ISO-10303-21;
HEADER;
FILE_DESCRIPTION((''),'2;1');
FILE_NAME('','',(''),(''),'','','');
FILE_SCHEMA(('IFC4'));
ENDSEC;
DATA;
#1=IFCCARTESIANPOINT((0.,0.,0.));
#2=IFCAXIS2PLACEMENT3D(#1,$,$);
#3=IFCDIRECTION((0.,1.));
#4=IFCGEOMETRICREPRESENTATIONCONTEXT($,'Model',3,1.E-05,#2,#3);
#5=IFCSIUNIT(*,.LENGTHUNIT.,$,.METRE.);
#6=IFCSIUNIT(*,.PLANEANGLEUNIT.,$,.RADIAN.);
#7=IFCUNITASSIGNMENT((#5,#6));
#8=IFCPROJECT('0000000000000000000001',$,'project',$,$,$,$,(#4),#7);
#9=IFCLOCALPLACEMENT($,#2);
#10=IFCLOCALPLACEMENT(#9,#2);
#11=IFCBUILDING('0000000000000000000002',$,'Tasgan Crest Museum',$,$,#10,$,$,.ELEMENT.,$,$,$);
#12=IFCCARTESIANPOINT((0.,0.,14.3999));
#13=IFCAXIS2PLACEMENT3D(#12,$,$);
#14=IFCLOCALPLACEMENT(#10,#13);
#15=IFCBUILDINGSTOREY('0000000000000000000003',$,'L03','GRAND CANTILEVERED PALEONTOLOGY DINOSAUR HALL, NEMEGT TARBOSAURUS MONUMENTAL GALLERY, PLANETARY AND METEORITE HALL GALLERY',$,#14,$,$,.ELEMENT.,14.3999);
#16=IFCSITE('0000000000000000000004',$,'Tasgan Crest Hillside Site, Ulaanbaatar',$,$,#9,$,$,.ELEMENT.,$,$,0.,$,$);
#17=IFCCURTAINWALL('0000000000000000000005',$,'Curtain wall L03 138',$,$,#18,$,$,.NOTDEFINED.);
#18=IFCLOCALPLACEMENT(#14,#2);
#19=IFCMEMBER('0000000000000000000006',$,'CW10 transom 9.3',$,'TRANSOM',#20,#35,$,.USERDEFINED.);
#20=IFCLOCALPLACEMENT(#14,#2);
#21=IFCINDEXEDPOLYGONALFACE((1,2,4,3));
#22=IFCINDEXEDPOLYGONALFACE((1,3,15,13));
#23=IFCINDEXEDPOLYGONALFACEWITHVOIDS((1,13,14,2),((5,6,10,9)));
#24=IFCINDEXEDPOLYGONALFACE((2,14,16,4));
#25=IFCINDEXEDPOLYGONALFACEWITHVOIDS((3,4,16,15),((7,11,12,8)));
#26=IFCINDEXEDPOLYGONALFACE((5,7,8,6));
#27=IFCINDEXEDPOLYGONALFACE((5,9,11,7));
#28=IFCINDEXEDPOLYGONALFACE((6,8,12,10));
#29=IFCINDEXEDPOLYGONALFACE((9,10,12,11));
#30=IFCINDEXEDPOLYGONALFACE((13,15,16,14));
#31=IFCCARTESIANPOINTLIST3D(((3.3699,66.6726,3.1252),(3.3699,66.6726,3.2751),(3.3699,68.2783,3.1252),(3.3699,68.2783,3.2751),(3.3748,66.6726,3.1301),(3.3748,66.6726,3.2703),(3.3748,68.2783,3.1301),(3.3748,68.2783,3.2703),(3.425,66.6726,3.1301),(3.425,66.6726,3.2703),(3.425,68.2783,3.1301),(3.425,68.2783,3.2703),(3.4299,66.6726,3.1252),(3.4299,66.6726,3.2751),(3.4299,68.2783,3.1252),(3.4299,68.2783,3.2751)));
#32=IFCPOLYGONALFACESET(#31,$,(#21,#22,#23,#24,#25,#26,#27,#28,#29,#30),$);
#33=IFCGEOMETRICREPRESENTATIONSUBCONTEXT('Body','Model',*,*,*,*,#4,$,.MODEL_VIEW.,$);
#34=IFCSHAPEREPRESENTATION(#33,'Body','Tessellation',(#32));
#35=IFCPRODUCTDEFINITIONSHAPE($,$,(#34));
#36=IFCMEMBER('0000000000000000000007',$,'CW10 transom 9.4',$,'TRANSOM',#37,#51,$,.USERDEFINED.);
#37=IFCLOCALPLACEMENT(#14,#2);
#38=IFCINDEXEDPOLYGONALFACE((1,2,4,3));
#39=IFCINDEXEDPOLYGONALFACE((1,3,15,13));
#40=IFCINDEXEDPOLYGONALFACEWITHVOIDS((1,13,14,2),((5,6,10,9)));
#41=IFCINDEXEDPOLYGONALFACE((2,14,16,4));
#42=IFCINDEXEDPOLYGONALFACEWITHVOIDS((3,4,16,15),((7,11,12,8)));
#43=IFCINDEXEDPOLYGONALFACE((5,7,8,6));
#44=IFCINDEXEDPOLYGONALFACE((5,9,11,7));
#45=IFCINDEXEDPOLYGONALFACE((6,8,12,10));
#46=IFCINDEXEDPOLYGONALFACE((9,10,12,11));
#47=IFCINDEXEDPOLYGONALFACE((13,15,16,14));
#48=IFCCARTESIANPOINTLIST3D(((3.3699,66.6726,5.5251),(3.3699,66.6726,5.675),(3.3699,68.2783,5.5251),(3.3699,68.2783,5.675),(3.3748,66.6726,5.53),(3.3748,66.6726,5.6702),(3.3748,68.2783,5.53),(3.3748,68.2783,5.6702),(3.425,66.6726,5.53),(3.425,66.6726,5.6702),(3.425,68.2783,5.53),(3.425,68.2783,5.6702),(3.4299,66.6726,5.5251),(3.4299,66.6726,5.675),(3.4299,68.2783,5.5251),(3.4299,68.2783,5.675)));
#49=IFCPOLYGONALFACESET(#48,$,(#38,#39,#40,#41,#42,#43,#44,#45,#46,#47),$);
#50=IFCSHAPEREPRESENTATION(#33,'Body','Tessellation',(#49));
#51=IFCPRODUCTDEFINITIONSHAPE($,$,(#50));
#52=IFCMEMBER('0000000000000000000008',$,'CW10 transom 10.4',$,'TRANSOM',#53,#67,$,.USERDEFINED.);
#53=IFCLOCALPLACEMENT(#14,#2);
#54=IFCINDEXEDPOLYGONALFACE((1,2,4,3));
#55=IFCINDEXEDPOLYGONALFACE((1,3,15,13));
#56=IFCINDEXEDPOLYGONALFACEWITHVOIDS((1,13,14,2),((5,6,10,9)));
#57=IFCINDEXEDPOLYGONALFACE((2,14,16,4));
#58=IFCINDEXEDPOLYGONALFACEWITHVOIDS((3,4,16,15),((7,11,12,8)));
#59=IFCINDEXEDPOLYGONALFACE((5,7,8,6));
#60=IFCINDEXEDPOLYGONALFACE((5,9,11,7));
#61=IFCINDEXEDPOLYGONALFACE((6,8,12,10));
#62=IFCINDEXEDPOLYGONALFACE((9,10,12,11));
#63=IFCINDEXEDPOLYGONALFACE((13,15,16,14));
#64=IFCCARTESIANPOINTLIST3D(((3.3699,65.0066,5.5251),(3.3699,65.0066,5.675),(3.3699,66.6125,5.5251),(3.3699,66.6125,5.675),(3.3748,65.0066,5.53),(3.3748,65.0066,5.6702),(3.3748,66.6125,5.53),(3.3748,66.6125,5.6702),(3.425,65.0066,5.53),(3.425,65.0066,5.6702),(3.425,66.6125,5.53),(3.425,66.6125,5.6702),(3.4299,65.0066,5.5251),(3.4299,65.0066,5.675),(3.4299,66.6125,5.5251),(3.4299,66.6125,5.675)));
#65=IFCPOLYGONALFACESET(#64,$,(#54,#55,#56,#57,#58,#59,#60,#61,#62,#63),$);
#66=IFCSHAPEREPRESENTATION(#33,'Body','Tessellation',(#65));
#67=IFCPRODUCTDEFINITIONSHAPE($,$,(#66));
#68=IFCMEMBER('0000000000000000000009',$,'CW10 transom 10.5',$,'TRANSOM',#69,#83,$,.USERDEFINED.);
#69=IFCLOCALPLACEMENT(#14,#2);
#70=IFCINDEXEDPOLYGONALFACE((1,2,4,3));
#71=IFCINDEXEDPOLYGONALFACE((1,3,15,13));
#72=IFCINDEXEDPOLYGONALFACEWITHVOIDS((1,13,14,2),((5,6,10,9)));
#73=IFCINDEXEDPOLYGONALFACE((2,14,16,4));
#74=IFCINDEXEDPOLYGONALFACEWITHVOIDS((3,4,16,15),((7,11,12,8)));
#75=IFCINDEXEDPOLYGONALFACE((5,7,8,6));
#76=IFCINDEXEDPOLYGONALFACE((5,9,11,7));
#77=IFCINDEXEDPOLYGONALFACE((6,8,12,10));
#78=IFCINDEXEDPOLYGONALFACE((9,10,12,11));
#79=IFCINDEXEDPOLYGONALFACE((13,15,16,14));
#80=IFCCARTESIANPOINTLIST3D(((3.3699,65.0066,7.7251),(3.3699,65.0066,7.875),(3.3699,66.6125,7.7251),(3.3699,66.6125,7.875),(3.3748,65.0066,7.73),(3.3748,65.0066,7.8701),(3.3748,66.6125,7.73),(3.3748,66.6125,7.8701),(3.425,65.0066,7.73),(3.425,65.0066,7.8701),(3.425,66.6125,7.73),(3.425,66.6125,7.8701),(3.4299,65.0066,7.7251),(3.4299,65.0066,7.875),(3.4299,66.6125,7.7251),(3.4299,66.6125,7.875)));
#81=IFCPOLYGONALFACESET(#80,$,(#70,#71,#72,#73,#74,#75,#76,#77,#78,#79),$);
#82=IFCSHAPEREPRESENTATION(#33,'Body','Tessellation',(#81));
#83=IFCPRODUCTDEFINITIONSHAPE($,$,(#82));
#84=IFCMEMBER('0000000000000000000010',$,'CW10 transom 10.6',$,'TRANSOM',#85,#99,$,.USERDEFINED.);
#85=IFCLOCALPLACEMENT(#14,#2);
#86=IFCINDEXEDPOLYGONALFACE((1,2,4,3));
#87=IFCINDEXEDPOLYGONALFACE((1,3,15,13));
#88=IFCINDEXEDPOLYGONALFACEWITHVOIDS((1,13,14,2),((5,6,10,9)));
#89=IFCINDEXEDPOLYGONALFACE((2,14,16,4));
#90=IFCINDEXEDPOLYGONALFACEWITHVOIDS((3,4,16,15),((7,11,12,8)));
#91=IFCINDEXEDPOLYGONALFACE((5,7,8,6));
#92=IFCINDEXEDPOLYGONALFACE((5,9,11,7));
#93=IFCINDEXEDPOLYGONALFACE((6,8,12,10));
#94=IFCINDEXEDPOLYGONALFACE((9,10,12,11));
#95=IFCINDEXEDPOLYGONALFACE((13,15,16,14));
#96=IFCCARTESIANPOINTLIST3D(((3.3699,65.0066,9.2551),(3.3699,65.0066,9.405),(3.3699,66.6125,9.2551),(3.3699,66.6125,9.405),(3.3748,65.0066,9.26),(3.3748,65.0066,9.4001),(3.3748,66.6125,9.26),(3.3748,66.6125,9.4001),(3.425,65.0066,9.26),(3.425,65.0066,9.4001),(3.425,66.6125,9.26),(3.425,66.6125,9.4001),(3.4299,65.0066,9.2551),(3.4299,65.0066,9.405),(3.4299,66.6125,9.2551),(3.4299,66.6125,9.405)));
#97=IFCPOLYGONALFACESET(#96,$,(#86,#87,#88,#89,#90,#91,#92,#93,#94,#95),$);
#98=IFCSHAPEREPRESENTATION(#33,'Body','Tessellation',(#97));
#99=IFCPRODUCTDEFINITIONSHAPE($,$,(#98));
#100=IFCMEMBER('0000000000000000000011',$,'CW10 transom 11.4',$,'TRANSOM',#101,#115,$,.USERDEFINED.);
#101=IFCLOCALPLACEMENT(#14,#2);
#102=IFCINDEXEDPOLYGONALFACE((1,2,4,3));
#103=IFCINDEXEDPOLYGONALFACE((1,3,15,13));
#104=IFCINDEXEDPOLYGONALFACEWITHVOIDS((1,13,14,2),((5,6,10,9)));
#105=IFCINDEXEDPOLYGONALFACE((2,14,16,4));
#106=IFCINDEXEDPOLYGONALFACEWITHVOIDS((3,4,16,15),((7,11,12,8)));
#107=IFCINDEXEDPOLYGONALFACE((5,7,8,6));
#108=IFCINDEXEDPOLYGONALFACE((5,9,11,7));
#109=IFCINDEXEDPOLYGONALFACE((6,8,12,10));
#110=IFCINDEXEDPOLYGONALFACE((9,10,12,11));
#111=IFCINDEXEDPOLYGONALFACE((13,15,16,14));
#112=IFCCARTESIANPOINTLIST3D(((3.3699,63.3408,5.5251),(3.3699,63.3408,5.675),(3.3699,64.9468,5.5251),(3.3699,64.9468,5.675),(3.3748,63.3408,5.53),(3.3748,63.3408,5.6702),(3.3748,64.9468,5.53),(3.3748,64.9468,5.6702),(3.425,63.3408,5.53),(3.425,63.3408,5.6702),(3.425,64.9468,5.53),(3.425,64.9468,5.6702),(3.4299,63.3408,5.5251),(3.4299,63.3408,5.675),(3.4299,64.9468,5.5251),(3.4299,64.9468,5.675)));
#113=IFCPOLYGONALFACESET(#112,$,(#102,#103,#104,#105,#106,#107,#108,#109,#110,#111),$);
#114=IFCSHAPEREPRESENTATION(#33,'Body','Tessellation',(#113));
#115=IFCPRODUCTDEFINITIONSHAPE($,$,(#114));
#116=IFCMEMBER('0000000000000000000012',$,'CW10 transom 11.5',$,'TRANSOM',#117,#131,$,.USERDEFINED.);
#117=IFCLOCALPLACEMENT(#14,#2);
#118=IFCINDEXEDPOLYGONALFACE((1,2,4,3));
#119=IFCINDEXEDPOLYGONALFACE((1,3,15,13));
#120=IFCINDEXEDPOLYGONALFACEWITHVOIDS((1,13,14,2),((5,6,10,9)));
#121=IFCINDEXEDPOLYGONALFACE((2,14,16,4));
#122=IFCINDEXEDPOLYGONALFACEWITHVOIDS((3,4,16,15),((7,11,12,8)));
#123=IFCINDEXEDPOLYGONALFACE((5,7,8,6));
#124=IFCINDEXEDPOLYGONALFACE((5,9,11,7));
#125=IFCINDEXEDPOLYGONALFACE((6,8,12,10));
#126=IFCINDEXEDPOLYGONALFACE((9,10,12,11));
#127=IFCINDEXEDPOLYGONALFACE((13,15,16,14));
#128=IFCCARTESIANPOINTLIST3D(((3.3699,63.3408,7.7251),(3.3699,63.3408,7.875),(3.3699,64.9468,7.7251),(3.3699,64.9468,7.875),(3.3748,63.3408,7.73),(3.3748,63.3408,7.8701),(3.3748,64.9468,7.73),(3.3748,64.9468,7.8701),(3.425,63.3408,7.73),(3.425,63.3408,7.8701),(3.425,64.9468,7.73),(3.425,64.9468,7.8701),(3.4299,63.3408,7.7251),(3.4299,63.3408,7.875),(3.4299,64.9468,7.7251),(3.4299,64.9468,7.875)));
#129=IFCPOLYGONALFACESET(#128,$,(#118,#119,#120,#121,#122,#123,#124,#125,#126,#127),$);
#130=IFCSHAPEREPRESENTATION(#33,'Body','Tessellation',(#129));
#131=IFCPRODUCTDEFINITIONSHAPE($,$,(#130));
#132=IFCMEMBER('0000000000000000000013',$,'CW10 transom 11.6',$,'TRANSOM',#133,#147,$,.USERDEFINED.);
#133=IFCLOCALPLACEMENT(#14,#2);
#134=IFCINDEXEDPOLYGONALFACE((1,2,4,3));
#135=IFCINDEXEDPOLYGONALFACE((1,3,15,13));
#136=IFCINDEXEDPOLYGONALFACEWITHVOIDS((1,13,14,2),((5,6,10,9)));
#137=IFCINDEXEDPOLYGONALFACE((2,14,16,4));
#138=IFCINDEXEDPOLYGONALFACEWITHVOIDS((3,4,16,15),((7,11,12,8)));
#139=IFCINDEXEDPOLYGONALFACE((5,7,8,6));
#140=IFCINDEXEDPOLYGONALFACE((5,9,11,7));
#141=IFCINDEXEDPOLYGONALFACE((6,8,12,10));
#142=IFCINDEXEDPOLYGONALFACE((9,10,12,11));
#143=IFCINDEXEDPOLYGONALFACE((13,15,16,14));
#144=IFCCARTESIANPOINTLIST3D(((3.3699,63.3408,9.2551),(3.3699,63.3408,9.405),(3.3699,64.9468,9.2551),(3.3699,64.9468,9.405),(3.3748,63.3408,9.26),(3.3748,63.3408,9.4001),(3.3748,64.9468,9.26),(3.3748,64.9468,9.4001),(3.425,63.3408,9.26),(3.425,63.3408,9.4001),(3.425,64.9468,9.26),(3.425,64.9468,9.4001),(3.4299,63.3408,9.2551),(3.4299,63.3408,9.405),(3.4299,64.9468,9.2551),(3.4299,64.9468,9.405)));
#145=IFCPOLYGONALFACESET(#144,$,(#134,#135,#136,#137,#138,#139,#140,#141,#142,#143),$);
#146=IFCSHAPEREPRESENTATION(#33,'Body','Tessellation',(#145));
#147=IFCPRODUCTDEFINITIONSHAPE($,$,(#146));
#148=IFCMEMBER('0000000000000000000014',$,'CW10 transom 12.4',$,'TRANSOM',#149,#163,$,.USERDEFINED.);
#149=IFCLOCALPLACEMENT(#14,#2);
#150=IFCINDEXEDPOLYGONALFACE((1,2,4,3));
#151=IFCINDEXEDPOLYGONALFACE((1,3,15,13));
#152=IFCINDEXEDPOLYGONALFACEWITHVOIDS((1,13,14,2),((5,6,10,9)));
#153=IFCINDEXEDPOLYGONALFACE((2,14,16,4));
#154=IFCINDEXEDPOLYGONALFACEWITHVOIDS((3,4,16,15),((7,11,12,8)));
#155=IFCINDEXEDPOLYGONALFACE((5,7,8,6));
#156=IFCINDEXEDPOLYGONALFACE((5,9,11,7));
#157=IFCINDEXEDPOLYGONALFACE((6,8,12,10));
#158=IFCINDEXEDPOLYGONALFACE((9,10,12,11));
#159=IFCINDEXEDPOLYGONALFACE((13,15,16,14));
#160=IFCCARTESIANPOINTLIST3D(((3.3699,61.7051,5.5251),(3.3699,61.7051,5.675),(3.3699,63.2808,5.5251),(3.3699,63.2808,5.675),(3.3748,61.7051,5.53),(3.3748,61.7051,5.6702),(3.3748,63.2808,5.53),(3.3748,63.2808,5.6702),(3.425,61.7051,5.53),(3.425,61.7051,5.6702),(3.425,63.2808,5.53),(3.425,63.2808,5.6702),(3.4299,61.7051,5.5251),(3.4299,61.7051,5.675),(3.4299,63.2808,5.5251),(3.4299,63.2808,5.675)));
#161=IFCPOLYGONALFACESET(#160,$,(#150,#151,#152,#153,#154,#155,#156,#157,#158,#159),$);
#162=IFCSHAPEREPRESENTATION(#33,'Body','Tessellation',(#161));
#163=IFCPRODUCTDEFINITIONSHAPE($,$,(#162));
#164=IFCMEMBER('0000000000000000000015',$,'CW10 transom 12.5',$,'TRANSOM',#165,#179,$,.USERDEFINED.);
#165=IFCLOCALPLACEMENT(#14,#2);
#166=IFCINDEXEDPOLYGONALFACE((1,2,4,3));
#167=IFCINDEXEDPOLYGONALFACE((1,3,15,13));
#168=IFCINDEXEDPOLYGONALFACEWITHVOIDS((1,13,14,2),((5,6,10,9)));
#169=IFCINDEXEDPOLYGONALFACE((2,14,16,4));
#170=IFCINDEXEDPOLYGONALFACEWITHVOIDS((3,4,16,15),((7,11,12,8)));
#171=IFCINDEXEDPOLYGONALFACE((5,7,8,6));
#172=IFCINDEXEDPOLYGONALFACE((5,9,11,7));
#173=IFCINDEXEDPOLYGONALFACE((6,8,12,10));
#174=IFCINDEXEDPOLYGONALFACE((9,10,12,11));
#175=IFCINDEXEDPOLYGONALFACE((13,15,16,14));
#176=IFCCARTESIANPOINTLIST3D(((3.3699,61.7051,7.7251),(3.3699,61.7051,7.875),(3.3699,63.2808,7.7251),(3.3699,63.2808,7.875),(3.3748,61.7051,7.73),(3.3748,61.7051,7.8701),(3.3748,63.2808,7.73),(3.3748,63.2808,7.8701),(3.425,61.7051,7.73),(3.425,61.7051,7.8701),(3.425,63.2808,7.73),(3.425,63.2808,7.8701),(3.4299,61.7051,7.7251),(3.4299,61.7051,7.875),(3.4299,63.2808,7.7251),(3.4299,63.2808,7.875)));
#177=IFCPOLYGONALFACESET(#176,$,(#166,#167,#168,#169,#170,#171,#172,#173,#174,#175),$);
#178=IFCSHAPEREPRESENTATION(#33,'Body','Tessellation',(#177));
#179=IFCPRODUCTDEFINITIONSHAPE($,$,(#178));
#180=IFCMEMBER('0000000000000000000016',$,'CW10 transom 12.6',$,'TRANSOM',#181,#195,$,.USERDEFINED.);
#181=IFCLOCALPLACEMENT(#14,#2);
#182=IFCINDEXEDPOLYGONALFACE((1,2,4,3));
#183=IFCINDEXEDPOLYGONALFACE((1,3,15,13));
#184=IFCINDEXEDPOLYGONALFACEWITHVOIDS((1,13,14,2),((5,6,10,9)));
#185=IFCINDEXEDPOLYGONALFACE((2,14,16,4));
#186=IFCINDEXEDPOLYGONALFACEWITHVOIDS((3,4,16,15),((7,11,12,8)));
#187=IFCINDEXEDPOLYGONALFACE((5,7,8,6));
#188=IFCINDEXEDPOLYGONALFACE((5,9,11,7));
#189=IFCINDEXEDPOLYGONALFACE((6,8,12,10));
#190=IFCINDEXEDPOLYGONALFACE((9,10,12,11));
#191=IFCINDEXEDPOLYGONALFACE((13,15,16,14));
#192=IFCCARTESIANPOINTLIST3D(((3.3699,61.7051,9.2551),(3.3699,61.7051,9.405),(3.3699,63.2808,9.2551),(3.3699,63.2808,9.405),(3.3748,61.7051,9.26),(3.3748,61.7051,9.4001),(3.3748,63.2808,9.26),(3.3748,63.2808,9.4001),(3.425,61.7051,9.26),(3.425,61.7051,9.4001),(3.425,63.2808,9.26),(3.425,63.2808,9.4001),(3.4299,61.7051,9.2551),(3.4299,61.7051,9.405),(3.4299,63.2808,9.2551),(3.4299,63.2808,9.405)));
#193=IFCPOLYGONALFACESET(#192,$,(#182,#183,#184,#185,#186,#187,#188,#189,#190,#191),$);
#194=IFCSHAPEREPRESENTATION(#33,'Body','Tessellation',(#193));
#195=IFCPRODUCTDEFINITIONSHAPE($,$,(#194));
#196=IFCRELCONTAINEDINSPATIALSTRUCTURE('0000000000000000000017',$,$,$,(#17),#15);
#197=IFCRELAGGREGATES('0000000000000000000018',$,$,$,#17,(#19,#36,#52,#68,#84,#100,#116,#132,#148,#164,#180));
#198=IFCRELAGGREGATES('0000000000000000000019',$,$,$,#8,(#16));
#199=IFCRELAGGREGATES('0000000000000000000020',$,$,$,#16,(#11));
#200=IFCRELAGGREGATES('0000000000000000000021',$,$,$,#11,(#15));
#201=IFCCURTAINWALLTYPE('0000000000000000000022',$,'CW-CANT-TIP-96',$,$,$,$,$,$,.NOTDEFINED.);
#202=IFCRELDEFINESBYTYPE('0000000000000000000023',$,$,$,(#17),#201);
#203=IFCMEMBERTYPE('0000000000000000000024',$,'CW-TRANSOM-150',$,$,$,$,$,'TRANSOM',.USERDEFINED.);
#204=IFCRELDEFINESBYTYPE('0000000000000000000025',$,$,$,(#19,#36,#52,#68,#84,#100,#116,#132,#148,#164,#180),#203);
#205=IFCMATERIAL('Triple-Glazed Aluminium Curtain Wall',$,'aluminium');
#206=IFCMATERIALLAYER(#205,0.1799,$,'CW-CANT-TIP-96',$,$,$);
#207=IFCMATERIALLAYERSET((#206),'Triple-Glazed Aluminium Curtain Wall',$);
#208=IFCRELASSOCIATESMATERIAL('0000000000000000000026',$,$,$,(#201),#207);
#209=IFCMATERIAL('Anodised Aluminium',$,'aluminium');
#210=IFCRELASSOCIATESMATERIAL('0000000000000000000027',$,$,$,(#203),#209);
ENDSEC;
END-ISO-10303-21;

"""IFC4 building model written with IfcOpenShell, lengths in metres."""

from ifc_helpers import new_model, si_unit, direction, frame, origin, origin_2d, place, context, subcontext, project, spatial, hollow_rectangle, extrude, material, layer, layer_set, material_profile, profile_set, type_object, element, aggregate, save


model = new_model("IFC4")

# Units and contexts
model_context = context("Model", 3, precision=1e-05, world=origin(), true_north=direction((0.0, 1.0)))
body_context = subcontext(model_context, "Body", "Model", "MODEL_VIEW")
ifc_project = project(units=[si_unit("LENGTHUNIT", "METRE"), si_unit("PLANEANGLEUNIT", "RADIAN")], contexts=[model_context])

# Site, building, storey
site_placement = place(None, origin())
site = spatial("IfcSite", under=ifc_project, at=site_placement, Name="Tasgan Crest Hillside Site, Ulaanbaatar", CompositionType="ELEMENT", RefElevation=0.0)
building_placement = place(site_placement, origin())
building = spatial("IfcBuilding", under=site, at=building_placement, Name="Tasgan Crest Museum", CompositionType="ELEMENT")
storey_placement = place(building_placement, frame((0.0, 0.0, 14.3999)))
storey = spatial("IfcBuildingStorey", under=building, at=storey_placement, Name="L03", Description="GRAND CANTILEVERED PALEONTOLOGY DINOSAUR HALL, NEMEGT TARBOSAURUS MONUMENTAL GALLERY, PLANETARY AND METEORITE HALL GALLERY", CompositionType="ELEMENT", Elevation=14.3999)

# Curtain wall, members
ifc_material_1 = material(Name="Triple-Glazed Aluminium Curtain Wall", Category="aluminium")
ifc_layer_1 = layer(ifc_material_1, 0.1799, Name="CW-CANT-TIP-96")
ifc_layer_set_1 = layer_set([ifc_layer_1], Name="Triple-Glazed Aluminium Curtain Wall")
curtain_wall_type = type_object("IfcCurtainWallType", Name="CW-CANT-TIP-96", PredefinedType="NOTDEFINED", material=ifc_layer_set_1)
curtain_wall_placement = place(storey_placement, origin())
curtain_wall = element("IfcCurtainWall", 1, at=curtain_wall_placement, inside=storey, type_object=curtain_wall_type, Name="Curtain wall L03 138", PredefinedType="NOTDEFINED")
ifc_material_2 = material(Name="Anodised Aluminium", Category="aluminium")
ifc_material_profile = material_profile(ifc_material_2, hollow_rectangle(XDim=0.0601, YDim=0.1499, WallThickness=0.0049, at=origin_2d()), Name="ALU TRANSOM 150x60x5")
ifc_profile_set = profile_set([ifc_material_profile], Name="Anodised Aluminium")
member_type = type_object("IfcMemberType", Name="CW-TRANSOM-150", ElementType="TRANSOM", PredefinedType="USERDEFINED", material=ifc_profile_set)
member_1_placement = place(storey_placement, frame((3.3999, 68.2783, 3.2002), z_axis=(0.0, -1.0, 0.0), x_axis=(1.0, 0.0, 0.0)))
member_1 = element("IfcMember", 2, at=member_1_placement, type_object=member_type, Name="CW10 transom 9.3", ObjectType="TRANSOM", PredefinedType="USERDEFINED", context=body_context, shape_type="SweptSolid", body=[
    extrude(hollow_rectangle(XDim=0.0601, YDim=0.1499, WallThickness=0.0049, at=origin_2d()), origin(), (0.0, 0.0, 1.0), 1.6057),
])
member_2_placement = place(storey_placement, frame((3.3999, 68.2783, 5.6001), z_axis=(0.0, -1.0, 0.0), x_axis=(1.0, 0.0, 0.0)))
member_2 = element("IfcMember", 3, at=member_2_placement, type_object=member_type, Name="CW10 transom 9.4", ObjectType="TRANSOM", PredefinedType="USERDEFINED", context=body_context, shape_type="SweptSolid", body=[
    extrude(hollow_rectangle(XDim=0.0601, YDim=0.1499, WallThickness=0.0049, at=origin_2d()), origin(), (0.0, 0.0, 1.0), 1.6057),
])
member_3_placement = place(storey_placement, frame((3.3999, 66.6125, 5.6001), z_axis=(0.0, -1.0, 0.0), x_axis=(1.0, 0.0, 0.0)))
member_3 = element("IfcMember", 4, at=member_3_placement, type_object=member_type, Name="CW10 transom 10.4", ObjectType="TRANSOM", PredefinedType="USERDEFINED", context=body_context, shape_type="SweptSolid", body=[
    extrude(hollow_rectangle(XDim=0.0601, YDim=0.1499, WallThickness=0.0049, at=origin_2d()), origin(), (0.0, 0.0, 1.0), 1.606),
])
member_4_placement = place(storey_placement, frame((3.3999, 66.6125, 7.8), z_axis=(0.0, -1.0, 0.0), x_axis=(1.0, 0.0, 0.0)))
member_4 = element("IfcMember", 5, at=member_4_placement, type_object=member_type, Name="CW10 transom 10.5", ObjectType="TRANSOM", PredefinedType="USERDEFINED", context=body_context, shape_type="SweptSolid", body=[
    extrude(hollow_rectangle(XDim=0.0601, YDim=0.1499, WallThickness=0.0049, at=origin_2d()), origin(), (0.0, 0.0, 1.0), 1.606),
])
member_5_placement = place(storey_placement, frame((3.3999, 66.6125, 9.3301), z_axis=(0.0, -1.0, 0.0), x_axis=(1.0, 0.0, 0.0)))
member_5 = element("IfcMember", 6, at=member_5_placement, type_object=member_type, Name="CW10 transom 10.6", ObjectType="TRANSOM", PredefinedType="USERDEFINED", context=body_context, shape_type="SweptSolid", body=[
    extrude(hollow_rectangle(XDim=0.0601, YDim=0.1499, WallThickness=0.0049, at=origin_2d()), origin(), (0.0, 0.0, 1.0), 1.606),
])
member_6_placement = place(storey_placement, frame((3.3999, 64.9468, 5.6001), z_axis=(0.0, -1.0, 0.0), x_axis=(1.0, 0.0, 0.0)))
member_6 = element("IfcMember", 7, at=member_6_placement, type_object=member_type, Name="CW10 transom 11.4", ObjectType="TRANSOM", PredefinedType="USERDEFINED", context=body_context, shape_type="SweptSolid", body=[
    extrude(hollow_rectangle(XDim=0.0601, YDim=0.1499, WallThickness=0.0049, at=origin_2d()), origin(), (0.0, 0.0, 1.0), 1.606),
])
member_7_placement = place(storey_placement, frame((3.3999, 64.9468, 7.8), z_axis=(0.0, -1.0, 0.0), x_axis=(1.0, 0.0, 0.0)))
member_7 = element("IfcMember", 8, at=member_7_placement, type_object=member_type, Name="CW10 transom 11.5", ObjectType="TRANSOM", PredefinedType="USERDEFINED", context=body_context, shape_type="SweptSolid", body=[
    extrude(hollow_rectangle(XDim=0.0601, YDim=0.1499, WallThickness=0.0049, at=origin_2d()), origin(), (0.0, 0.0, 1.0), 1.606),
])
member_8_placement = place(storey_placement, frame((3.3999, 64.9468, 9.3301), z_axis=(0.0, -1.0, 0.0), x_axis=(1.0, 0.0, 0.0)))
member_8 = element("IfcMember", 9, at=member_8_placement, type_object=member_type, Name="CW10 transom 11.6", ObjectType="TRANSOM", PredefinedType="USERDEFINED", context=body_context, shape_type="SweptSolid", body=[
    extrude(hollow_rectangle(XDim=0.0601, YDim=0.1499, WallThickness=0.0049, at=origin_2d()), origin(), (0.0, 0.0, 1.0), 1.606),
])
member_9_placement = place(storey_placement, frame((3.3999, 63.2808, 5.6001), z_axis=(0.0, -1.0, 0.0), x_axis=(1.0, 0.0, 0.0)))
member_9 = element("IfcMember", 10, at=member_9_placement, type_object=member_type, Name="CW10 transom 12.4", ObjectType="TRANSOM", PredefinedType="USERDEFINED", context=body_context, shape_type="SweptSolid", body=[
    extrude(hollow_rectangle(XDim=0.0601, YDim=0.1499, WallThickness=0.0049, at=origin_2d()), origin(), (0.0, 0.0, 1.0), 1.5757),
])
member_10_placement = place(storey_placement, frame((3.3999, 63.2808, 7.8), z_axis=(0.0, -1.0, 0.0), x_axis=(1.0, 0.0, 0.0)))
member_10 = element("IfcMember", 11, at=member_10_placement, type_object=member_type, Name="CW10 transom 12.5", ObjectType="TRANSOM", PredefinedType="USERDEFINED", context=body_context, shape_type="SweptSolid", body=[
    extrude(hollow_rectangle(XDim=0.0601, YDim=0.1499, WallThickness=0.0049, at=origin_2d()), origin(), (0.0, 0.0, 1.0), 1.5757),
])
member_11_placement = place(storey_placement, frame((3.3999, 63.2808, 9.3301), z_axis=(0.0, -1.0, 0.0), x_axis=(1.0, 0.0, 0.0)))
member_11 = element("IfcMember", 12, at=member_11_placement, type_object=member_type, Name="CW10 transom 12.6", ObjectType="TRANSOM", PredefinedType="USERDEFINED", context=body_context, shape_type="SweptSolid", body=[
    extrude(hollow_rectangle(XDim=0.0601, YDim=0.1499, WallThickness=0.0049, at=origin_2d()), origin(), (0.0, 0.0, 1.0), 1.5757),
])
aggregate(curtain_wall, [member_1, member_2, member_3, member_4, member_5, member_6, member_7, member_8, member_9, member_10, member_11])

save(model, "model.ifc")
